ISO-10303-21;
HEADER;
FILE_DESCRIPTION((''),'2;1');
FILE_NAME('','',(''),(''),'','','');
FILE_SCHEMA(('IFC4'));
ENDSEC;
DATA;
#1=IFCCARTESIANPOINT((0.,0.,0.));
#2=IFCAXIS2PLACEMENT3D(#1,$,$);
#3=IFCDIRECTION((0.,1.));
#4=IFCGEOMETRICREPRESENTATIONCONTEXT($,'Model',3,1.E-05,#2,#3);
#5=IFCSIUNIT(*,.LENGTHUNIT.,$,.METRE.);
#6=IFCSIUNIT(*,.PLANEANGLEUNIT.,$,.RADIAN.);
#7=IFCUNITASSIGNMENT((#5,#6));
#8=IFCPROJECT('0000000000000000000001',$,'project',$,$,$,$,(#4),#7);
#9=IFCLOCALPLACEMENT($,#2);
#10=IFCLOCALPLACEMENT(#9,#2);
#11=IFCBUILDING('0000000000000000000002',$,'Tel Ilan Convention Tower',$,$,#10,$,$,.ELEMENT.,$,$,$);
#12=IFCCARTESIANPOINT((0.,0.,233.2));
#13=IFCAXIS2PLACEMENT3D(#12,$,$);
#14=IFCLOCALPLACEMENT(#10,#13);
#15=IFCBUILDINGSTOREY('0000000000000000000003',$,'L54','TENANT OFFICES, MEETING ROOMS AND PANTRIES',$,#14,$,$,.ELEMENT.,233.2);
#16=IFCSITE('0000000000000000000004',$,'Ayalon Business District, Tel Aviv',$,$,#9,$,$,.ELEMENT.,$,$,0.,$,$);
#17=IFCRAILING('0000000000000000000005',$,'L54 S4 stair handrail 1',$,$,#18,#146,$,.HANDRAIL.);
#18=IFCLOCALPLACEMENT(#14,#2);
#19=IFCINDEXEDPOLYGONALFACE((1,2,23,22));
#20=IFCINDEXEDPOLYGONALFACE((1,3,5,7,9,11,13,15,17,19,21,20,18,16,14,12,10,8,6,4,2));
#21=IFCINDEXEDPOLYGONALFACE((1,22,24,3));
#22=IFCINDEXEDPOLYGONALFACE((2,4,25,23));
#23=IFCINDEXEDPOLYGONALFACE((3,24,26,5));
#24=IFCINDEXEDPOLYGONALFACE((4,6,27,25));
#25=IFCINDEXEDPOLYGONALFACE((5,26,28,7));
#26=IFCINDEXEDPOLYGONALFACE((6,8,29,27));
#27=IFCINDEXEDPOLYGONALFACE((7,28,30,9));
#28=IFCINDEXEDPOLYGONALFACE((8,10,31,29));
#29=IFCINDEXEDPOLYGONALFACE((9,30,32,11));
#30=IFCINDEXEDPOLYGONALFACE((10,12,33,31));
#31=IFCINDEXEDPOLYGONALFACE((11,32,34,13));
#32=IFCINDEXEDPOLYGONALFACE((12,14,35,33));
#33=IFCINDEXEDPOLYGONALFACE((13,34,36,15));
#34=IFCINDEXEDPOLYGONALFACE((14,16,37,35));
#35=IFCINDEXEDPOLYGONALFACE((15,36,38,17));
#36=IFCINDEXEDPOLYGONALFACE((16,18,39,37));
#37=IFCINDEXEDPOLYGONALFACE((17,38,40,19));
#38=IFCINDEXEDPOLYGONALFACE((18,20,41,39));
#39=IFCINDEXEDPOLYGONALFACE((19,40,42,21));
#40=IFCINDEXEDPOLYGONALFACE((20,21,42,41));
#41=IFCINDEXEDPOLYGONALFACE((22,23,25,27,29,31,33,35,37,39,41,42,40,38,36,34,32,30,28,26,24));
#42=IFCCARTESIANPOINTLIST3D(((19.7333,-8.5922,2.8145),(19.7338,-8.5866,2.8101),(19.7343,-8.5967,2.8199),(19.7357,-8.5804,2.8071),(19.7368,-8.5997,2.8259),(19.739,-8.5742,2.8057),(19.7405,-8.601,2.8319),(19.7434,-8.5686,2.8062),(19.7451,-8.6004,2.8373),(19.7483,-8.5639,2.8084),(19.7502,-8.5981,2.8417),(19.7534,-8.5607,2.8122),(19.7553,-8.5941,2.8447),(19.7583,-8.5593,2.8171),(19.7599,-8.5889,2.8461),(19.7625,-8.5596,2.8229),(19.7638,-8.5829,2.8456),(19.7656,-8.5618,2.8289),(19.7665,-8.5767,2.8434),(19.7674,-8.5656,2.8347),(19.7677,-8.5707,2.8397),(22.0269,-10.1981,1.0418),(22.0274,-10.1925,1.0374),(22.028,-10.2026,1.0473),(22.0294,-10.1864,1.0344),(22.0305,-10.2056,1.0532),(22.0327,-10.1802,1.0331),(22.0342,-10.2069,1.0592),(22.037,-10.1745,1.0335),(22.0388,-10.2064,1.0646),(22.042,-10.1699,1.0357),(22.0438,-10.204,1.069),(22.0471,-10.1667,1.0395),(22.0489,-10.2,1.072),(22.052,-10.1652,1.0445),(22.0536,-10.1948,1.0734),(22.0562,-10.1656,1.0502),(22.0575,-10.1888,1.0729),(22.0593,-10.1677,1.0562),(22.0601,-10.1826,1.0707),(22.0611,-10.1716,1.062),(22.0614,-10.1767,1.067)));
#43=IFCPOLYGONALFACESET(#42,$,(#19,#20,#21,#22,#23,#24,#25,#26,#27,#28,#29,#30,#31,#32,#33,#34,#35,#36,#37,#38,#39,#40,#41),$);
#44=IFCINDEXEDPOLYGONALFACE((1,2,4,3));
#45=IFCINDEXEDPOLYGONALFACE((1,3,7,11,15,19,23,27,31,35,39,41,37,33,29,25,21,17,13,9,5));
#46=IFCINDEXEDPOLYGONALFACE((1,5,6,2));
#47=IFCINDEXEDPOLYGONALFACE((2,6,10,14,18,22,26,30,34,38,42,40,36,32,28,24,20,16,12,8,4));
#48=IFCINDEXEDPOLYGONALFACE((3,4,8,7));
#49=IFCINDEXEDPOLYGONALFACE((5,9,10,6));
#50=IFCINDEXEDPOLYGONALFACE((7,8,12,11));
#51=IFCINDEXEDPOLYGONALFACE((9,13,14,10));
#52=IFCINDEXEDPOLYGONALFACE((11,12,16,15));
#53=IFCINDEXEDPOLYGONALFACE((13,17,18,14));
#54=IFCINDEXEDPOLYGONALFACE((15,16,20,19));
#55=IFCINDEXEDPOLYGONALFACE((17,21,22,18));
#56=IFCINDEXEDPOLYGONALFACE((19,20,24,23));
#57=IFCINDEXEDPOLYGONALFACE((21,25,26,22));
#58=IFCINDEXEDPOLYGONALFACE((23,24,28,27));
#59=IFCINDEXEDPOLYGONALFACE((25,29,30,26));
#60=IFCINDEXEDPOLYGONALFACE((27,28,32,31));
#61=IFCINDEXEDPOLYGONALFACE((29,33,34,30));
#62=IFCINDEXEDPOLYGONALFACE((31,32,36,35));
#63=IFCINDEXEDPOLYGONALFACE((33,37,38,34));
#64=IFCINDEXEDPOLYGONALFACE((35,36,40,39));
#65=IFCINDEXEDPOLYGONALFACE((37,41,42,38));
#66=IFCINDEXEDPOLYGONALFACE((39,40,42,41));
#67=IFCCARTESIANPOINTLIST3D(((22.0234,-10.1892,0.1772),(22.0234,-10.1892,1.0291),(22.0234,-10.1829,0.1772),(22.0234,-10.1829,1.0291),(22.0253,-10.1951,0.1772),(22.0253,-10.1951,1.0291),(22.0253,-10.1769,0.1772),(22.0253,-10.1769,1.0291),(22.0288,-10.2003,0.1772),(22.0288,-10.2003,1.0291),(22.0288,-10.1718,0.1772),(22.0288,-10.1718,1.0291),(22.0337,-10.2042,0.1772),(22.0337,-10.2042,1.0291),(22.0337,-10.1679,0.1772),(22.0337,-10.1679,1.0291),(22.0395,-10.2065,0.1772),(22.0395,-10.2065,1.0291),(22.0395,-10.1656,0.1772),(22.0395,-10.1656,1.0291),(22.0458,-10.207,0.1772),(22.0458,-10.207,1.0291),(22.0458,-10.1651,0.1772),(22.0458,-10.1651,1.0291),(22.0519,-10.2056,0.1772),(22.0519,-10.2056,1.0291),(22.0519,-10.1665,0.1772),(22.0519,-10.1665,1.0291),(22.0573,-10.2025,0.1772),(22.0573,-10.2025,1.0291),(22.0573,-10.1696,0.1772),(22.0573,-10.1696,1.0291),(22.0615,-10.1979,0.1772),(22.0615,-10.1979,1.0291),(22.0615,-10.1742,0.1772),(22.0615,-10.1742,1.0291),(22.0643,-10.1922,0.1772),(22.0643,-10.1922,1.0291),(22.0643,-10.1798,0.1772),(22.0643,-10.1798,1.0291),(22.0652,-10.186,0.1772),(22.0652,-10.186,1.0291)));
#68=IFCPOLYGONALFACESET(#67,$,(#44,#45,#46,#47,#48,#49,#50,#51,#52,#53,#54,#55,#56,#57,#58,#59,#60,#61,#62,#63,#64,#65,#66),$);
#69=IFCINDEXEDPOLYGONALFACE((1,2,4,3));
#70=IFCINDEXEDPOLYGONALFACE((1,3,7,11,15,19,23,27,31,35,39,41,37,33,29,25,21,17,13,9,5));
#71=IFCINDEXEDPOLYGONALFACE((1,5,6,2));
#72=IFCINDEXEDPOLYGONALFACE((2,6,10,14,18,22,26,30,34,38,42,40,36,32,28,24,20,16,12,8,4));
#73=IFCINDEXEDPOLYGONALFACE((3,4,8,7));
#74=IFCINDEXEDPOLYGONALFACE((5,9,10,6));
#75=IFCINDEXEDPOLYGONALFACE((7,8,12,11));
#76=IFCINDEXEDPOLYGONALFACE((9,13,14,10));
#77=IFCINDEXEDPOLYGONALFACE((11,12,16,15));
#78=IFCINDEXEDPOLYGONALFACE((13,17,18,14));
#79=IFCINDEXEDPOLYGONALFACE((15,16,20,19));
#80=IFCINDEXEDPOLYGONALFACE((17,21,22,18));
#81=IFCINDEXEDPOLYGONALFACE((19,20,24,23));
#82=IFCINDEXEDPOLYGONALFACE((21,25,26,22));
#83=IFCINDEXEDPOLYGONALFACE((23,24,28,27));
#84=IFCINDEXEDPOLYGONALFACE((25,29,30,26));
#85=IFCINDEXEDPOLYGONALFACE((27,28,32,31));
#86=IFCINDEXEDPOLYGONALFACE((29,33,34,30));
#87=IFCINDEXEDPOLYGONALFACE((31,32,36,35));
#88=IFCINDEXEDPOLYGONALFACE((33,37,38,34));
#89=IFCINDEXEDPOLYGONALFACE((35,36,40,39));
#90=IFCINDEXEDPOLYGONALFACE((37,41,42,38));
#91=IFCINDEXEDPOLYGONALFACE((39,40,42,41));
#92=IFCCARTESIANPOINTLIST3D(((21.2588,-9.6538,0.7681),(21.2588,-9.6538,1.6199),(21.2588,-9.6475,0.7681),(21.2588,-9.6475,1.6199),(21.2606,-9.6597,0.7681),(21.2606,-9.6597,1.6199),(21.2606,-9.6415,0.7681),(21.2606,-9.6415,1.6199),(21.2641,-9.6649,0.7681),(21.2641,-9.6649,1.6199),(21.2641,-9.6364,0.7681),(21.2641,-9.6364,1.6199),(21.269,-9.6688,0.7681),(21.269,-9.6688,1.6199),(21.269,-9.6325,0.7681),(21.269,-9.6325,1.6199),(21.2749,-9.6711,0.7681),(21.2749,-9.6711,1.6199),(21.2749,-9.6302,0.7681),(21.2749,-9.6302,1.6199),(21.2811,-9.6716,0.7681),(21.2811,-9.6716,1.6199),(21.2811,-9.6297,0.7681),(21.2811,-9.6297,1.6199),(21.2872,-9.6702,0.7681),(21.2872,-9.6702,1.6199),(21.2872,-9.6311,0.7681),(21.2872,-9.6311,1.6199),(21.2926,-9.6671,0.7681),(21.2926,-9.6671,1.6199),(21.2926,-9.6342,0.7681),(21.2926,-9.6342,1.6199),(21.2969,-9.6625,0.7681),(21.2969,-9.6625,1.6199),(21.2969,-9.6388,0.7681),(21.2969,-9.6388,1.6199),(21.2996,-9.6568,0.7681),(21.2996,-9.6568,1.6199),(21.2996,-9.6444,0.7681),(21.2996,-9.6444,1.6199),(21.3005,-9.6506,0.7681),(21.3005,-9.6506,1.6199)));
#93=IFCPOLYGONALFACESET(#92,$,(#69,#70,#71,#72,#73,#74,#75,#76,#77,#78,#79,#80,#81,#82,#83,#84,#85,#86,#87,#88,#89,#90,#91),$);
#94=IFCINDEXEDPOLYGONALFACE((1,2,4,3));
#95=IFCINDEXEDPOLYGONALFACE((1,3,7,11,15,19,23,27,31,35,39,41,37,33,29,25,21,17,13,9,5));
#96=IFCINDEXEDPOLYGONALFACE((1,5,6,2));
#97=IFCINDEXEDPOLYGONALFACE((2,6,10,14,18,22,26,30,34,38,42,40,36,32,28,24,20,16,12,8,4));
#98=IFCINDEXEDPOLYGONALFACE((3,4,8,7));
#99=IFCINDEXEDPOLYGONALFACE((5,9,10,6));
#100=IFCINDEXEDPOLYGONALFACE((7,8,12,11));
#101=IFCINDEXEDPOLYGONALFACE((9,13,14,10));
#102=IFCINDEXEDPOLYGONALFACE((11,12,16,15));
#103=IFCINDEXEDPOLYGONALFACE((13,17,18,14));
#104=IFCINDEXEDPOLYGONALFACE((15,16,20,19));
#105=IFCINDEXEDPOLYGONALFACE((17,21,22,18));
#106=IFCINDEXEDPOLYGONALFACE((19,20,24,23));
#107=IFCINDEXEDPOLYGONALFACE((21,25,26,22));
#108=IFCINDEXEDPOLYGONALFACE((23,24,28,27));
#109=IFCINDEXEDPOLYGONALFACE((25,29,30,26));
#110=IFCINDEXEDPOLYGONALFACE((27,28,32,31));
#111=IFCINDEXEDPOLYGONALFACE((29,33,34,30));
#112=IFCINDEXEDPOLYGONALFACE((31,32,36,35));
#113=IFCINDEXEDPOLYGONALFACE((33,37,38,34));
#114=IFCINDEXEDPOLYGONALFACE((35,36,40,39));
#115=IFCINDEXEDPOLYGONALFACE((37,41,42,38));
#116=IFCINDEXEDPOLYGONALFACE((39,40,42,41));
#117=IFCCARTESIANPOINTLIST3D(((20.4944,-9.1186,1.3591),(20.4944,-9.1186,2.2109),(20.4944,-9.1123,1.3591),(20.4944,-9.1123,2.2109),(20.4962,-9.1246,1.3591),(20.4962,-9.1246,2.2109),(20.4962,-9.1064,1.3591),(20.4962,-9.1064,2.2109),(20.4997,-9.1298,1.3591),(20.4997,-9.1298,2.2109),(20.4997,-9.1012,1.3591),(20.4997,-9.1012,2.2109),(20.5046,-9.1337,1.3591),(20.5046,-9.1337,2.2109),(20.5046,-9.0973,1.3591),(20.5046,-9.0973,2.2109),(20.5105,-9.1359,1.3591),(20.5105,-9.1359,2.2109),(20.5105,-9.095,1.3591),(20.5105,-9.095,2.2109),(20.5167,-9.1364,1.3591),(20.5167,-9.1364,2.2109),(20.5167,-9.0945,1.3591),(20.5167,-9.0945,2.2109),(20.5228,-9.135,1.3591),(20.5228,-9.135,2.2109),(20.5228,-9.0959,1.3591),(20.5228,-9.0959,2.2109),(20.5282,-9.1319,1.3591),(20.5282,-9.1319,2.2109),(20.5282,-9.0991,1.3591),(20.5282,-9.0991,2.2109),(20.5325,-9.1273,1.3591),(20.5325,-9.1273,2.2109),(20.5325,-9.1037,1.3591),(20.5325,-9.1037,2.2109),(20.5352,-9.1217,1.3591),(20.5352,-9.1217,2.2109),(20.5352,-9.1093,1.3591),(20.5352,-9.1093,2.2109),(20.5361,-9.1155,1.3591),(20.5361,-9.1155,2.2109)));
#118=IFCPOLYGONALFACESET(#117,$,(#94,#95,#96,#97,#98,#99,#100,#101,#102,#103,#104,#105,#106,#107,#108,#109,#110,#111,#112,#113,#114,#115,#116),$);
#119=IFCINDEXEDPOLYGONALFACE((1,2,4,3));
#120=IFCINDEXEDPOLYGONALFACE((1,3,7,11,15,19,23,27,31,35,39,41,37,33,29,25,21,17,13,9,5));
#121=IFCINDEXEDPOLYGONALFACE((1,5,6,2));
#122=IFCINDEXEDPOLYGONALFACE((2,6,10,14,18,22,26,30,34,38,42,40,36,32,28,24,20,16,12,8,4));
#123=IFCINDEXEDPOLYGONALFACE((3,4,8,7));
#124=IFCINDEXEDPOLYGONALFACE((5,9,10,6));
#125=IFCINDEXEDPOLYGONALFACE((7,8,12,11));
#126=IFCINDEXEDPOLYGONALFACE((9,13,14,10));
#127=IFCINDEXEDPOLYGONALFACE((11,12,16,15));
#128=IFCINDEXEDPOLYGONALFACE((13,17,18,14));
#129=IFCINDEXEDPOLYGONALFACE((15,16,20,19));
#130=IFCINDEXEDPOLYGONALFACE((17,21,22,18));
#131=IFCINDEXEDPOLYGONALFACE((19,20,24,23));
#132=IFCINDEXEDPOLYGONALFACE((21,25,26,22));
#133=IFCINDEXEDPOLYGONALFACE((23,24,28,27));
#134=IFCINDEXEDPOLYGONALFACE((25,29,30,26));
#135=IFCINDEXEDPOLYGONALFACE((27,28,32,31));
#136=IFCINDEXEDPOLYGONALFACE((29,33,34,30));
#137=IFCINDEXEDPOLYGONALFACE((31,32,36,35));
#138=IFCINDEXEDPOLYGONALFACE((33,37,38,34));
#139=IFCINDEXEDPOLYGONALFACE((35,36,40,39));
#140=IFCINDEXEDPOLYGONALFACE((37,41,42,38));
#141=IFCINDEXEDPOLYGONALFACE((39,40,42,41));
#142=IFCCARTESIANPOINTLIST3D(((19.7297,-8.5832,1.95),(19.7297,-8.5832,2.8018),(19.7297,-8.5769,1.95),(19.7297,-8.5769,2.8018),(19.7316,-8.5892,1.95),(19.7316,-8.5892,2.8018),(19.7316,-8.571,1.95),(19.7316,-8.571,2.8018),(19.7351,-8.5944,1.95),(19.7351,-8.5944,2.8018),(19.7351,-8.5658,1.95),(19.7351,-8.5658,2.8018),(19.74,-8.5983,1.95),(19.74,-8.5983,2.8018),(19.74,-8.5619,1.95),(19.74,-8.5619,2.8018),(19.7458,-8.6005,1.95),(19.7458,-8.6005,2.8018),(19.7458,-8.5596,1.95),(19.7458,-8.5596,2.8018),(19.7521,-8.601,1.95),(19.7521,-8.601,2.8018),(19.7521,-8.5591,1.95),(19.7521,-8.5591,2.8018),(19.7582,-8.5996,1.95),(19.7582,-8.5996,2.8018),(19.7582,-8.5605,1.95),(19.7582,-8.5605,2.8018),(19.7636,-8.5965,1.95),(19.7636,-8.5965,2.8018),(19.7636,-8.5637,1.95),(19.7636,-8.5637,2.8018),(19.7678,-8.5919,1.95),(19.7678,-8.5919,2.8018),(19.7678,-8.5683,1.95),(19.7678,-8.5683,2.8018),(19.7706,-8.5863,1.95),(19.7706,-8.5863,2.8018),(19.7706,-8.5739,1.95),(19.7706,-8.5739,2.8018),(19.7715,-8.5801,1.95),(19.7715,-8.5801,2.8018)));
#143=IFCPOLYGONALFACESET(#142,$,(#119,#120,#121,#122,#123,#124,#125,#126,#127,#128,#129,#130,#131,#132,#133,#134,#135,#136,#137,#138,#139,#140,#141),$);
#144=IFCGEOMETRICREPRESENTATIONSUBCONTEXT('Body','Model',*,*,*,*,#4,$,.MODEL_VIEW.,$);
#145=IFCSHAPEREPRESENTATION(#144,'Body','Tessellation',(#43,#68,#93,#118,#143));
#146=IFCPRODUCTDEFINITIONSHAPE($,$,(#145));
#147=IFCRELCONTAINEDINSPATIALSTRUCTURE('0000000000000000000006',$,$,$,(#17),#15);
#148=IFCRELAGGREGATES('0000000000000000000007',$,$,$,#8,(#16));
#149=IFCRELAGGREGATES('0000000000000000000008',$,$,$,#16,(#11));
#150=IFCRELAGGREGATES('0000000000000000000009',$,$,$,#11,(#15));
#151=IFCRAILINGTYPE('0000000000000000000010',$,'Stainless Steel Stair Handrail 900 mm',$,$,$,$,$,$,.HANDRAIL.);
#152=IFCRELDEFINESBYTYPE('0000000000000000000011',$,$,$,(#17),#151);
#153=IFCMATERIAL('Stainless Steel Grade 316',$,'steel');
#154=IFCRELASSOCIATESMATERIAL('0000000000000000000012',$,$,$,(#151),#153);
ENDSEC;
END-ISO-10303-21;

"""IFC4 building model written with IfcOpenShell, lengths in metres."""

from ifc_helpers import new_model, si_unit, direction, frame, origin, origin_2d, place, context, subcontext, project, spatial, circle, extrude, material, type_object, element, save


model = new_model("IFC4")

# Units and contexts
model_context = context("Model", 3, precision=1e-05, world=origin(), true_north=direction((0.0, 1.0)))
body_context = subcontext(model_context, "Body", "Model", "MODEL_VIEW")
ifc_project = project(units=[si_unit("LENGTHUNIT", "METRE"), si_unit("PLANEANGLEUNIT", "RADIAN")], contexts=[model_context])

# Site, building, storey
site_placement = place(None, origin())
site = spatial("IfcSite", under=ifc_project, at=site_placement, Name="Ayalon Business District, Tel Aviv", CompositionType="ELEMENT", RefElevation=0.0)
building_placement = place(site_placement, origin())
building = spatial("IfcBuilding", under=site, at=building_placement, Name="Tel Ilan Convention Tower", CompositionType="ELEMENT")
storey_placement = place(building_placement, frame((0.0, 0.0, 233.2)))
storey = spatial("IfcBuildingStorey", under=building, at=storey_placement, Name="L54", Description="TENANT OFFICES, MEETING ROOMS AND PANTRIES", CompositionType="ELEMENT", Elevation=233.2)

# Railing
ifc_material_1 = material(Name="Stainless Steel Grade 316", Category="steel")
railing_type_1 = type_object("IfcRailingType", Name="Stainless Steel Stair Handrail 900 mm", PredefinedType="HANDRAIL", material=ifc_material_1)
railing_1_placement = place(storey_placement, frame((22.0442, -10.186, 0.1772)))
element("IfcRailing", 1, at=railing_1_placement, inside=storey, type_object=railing_type_1, Name="L54 S4 stair handrail 1", PredefinedType="HANDRAIL", context=body_context, shape_type="SweptSolid", body=[
    extrude(circle(Radius=0.0239, at=origin_2d()), frame((0.0, 0.0, 0.876), z_axis=(-0.692123, 0.484597, 0.534913), x_axis=(-0.57355, -0.81917, 0.0)), (0.0, 0.0, 1.0), 3.314),
    extrude(circle(Radius=0.021, at=origin_2d()), origin(), (0.0, 0.0, 1.0), 0.8518),
    extrude(circle(Radius=0.021, at=origin_2d()), frame((-0.7646, 0.5354, 0.5908)), (0.0, 0.0, 1.0), 0.8518),
    extrude(circle(Radius=0.021, at=origin_2d()), frame((-1.5291, 1.0706, 1.1819)), (0.0, 0.0, 1.0), 0.8518),
    extrude(circle(Radius=0.021, at=origin_2d()), frame((-2.2937, 1.606, 1.7727)), (0.0, 0.0, 1.0), 0.8518),
])

save(model, "model.ifc")
